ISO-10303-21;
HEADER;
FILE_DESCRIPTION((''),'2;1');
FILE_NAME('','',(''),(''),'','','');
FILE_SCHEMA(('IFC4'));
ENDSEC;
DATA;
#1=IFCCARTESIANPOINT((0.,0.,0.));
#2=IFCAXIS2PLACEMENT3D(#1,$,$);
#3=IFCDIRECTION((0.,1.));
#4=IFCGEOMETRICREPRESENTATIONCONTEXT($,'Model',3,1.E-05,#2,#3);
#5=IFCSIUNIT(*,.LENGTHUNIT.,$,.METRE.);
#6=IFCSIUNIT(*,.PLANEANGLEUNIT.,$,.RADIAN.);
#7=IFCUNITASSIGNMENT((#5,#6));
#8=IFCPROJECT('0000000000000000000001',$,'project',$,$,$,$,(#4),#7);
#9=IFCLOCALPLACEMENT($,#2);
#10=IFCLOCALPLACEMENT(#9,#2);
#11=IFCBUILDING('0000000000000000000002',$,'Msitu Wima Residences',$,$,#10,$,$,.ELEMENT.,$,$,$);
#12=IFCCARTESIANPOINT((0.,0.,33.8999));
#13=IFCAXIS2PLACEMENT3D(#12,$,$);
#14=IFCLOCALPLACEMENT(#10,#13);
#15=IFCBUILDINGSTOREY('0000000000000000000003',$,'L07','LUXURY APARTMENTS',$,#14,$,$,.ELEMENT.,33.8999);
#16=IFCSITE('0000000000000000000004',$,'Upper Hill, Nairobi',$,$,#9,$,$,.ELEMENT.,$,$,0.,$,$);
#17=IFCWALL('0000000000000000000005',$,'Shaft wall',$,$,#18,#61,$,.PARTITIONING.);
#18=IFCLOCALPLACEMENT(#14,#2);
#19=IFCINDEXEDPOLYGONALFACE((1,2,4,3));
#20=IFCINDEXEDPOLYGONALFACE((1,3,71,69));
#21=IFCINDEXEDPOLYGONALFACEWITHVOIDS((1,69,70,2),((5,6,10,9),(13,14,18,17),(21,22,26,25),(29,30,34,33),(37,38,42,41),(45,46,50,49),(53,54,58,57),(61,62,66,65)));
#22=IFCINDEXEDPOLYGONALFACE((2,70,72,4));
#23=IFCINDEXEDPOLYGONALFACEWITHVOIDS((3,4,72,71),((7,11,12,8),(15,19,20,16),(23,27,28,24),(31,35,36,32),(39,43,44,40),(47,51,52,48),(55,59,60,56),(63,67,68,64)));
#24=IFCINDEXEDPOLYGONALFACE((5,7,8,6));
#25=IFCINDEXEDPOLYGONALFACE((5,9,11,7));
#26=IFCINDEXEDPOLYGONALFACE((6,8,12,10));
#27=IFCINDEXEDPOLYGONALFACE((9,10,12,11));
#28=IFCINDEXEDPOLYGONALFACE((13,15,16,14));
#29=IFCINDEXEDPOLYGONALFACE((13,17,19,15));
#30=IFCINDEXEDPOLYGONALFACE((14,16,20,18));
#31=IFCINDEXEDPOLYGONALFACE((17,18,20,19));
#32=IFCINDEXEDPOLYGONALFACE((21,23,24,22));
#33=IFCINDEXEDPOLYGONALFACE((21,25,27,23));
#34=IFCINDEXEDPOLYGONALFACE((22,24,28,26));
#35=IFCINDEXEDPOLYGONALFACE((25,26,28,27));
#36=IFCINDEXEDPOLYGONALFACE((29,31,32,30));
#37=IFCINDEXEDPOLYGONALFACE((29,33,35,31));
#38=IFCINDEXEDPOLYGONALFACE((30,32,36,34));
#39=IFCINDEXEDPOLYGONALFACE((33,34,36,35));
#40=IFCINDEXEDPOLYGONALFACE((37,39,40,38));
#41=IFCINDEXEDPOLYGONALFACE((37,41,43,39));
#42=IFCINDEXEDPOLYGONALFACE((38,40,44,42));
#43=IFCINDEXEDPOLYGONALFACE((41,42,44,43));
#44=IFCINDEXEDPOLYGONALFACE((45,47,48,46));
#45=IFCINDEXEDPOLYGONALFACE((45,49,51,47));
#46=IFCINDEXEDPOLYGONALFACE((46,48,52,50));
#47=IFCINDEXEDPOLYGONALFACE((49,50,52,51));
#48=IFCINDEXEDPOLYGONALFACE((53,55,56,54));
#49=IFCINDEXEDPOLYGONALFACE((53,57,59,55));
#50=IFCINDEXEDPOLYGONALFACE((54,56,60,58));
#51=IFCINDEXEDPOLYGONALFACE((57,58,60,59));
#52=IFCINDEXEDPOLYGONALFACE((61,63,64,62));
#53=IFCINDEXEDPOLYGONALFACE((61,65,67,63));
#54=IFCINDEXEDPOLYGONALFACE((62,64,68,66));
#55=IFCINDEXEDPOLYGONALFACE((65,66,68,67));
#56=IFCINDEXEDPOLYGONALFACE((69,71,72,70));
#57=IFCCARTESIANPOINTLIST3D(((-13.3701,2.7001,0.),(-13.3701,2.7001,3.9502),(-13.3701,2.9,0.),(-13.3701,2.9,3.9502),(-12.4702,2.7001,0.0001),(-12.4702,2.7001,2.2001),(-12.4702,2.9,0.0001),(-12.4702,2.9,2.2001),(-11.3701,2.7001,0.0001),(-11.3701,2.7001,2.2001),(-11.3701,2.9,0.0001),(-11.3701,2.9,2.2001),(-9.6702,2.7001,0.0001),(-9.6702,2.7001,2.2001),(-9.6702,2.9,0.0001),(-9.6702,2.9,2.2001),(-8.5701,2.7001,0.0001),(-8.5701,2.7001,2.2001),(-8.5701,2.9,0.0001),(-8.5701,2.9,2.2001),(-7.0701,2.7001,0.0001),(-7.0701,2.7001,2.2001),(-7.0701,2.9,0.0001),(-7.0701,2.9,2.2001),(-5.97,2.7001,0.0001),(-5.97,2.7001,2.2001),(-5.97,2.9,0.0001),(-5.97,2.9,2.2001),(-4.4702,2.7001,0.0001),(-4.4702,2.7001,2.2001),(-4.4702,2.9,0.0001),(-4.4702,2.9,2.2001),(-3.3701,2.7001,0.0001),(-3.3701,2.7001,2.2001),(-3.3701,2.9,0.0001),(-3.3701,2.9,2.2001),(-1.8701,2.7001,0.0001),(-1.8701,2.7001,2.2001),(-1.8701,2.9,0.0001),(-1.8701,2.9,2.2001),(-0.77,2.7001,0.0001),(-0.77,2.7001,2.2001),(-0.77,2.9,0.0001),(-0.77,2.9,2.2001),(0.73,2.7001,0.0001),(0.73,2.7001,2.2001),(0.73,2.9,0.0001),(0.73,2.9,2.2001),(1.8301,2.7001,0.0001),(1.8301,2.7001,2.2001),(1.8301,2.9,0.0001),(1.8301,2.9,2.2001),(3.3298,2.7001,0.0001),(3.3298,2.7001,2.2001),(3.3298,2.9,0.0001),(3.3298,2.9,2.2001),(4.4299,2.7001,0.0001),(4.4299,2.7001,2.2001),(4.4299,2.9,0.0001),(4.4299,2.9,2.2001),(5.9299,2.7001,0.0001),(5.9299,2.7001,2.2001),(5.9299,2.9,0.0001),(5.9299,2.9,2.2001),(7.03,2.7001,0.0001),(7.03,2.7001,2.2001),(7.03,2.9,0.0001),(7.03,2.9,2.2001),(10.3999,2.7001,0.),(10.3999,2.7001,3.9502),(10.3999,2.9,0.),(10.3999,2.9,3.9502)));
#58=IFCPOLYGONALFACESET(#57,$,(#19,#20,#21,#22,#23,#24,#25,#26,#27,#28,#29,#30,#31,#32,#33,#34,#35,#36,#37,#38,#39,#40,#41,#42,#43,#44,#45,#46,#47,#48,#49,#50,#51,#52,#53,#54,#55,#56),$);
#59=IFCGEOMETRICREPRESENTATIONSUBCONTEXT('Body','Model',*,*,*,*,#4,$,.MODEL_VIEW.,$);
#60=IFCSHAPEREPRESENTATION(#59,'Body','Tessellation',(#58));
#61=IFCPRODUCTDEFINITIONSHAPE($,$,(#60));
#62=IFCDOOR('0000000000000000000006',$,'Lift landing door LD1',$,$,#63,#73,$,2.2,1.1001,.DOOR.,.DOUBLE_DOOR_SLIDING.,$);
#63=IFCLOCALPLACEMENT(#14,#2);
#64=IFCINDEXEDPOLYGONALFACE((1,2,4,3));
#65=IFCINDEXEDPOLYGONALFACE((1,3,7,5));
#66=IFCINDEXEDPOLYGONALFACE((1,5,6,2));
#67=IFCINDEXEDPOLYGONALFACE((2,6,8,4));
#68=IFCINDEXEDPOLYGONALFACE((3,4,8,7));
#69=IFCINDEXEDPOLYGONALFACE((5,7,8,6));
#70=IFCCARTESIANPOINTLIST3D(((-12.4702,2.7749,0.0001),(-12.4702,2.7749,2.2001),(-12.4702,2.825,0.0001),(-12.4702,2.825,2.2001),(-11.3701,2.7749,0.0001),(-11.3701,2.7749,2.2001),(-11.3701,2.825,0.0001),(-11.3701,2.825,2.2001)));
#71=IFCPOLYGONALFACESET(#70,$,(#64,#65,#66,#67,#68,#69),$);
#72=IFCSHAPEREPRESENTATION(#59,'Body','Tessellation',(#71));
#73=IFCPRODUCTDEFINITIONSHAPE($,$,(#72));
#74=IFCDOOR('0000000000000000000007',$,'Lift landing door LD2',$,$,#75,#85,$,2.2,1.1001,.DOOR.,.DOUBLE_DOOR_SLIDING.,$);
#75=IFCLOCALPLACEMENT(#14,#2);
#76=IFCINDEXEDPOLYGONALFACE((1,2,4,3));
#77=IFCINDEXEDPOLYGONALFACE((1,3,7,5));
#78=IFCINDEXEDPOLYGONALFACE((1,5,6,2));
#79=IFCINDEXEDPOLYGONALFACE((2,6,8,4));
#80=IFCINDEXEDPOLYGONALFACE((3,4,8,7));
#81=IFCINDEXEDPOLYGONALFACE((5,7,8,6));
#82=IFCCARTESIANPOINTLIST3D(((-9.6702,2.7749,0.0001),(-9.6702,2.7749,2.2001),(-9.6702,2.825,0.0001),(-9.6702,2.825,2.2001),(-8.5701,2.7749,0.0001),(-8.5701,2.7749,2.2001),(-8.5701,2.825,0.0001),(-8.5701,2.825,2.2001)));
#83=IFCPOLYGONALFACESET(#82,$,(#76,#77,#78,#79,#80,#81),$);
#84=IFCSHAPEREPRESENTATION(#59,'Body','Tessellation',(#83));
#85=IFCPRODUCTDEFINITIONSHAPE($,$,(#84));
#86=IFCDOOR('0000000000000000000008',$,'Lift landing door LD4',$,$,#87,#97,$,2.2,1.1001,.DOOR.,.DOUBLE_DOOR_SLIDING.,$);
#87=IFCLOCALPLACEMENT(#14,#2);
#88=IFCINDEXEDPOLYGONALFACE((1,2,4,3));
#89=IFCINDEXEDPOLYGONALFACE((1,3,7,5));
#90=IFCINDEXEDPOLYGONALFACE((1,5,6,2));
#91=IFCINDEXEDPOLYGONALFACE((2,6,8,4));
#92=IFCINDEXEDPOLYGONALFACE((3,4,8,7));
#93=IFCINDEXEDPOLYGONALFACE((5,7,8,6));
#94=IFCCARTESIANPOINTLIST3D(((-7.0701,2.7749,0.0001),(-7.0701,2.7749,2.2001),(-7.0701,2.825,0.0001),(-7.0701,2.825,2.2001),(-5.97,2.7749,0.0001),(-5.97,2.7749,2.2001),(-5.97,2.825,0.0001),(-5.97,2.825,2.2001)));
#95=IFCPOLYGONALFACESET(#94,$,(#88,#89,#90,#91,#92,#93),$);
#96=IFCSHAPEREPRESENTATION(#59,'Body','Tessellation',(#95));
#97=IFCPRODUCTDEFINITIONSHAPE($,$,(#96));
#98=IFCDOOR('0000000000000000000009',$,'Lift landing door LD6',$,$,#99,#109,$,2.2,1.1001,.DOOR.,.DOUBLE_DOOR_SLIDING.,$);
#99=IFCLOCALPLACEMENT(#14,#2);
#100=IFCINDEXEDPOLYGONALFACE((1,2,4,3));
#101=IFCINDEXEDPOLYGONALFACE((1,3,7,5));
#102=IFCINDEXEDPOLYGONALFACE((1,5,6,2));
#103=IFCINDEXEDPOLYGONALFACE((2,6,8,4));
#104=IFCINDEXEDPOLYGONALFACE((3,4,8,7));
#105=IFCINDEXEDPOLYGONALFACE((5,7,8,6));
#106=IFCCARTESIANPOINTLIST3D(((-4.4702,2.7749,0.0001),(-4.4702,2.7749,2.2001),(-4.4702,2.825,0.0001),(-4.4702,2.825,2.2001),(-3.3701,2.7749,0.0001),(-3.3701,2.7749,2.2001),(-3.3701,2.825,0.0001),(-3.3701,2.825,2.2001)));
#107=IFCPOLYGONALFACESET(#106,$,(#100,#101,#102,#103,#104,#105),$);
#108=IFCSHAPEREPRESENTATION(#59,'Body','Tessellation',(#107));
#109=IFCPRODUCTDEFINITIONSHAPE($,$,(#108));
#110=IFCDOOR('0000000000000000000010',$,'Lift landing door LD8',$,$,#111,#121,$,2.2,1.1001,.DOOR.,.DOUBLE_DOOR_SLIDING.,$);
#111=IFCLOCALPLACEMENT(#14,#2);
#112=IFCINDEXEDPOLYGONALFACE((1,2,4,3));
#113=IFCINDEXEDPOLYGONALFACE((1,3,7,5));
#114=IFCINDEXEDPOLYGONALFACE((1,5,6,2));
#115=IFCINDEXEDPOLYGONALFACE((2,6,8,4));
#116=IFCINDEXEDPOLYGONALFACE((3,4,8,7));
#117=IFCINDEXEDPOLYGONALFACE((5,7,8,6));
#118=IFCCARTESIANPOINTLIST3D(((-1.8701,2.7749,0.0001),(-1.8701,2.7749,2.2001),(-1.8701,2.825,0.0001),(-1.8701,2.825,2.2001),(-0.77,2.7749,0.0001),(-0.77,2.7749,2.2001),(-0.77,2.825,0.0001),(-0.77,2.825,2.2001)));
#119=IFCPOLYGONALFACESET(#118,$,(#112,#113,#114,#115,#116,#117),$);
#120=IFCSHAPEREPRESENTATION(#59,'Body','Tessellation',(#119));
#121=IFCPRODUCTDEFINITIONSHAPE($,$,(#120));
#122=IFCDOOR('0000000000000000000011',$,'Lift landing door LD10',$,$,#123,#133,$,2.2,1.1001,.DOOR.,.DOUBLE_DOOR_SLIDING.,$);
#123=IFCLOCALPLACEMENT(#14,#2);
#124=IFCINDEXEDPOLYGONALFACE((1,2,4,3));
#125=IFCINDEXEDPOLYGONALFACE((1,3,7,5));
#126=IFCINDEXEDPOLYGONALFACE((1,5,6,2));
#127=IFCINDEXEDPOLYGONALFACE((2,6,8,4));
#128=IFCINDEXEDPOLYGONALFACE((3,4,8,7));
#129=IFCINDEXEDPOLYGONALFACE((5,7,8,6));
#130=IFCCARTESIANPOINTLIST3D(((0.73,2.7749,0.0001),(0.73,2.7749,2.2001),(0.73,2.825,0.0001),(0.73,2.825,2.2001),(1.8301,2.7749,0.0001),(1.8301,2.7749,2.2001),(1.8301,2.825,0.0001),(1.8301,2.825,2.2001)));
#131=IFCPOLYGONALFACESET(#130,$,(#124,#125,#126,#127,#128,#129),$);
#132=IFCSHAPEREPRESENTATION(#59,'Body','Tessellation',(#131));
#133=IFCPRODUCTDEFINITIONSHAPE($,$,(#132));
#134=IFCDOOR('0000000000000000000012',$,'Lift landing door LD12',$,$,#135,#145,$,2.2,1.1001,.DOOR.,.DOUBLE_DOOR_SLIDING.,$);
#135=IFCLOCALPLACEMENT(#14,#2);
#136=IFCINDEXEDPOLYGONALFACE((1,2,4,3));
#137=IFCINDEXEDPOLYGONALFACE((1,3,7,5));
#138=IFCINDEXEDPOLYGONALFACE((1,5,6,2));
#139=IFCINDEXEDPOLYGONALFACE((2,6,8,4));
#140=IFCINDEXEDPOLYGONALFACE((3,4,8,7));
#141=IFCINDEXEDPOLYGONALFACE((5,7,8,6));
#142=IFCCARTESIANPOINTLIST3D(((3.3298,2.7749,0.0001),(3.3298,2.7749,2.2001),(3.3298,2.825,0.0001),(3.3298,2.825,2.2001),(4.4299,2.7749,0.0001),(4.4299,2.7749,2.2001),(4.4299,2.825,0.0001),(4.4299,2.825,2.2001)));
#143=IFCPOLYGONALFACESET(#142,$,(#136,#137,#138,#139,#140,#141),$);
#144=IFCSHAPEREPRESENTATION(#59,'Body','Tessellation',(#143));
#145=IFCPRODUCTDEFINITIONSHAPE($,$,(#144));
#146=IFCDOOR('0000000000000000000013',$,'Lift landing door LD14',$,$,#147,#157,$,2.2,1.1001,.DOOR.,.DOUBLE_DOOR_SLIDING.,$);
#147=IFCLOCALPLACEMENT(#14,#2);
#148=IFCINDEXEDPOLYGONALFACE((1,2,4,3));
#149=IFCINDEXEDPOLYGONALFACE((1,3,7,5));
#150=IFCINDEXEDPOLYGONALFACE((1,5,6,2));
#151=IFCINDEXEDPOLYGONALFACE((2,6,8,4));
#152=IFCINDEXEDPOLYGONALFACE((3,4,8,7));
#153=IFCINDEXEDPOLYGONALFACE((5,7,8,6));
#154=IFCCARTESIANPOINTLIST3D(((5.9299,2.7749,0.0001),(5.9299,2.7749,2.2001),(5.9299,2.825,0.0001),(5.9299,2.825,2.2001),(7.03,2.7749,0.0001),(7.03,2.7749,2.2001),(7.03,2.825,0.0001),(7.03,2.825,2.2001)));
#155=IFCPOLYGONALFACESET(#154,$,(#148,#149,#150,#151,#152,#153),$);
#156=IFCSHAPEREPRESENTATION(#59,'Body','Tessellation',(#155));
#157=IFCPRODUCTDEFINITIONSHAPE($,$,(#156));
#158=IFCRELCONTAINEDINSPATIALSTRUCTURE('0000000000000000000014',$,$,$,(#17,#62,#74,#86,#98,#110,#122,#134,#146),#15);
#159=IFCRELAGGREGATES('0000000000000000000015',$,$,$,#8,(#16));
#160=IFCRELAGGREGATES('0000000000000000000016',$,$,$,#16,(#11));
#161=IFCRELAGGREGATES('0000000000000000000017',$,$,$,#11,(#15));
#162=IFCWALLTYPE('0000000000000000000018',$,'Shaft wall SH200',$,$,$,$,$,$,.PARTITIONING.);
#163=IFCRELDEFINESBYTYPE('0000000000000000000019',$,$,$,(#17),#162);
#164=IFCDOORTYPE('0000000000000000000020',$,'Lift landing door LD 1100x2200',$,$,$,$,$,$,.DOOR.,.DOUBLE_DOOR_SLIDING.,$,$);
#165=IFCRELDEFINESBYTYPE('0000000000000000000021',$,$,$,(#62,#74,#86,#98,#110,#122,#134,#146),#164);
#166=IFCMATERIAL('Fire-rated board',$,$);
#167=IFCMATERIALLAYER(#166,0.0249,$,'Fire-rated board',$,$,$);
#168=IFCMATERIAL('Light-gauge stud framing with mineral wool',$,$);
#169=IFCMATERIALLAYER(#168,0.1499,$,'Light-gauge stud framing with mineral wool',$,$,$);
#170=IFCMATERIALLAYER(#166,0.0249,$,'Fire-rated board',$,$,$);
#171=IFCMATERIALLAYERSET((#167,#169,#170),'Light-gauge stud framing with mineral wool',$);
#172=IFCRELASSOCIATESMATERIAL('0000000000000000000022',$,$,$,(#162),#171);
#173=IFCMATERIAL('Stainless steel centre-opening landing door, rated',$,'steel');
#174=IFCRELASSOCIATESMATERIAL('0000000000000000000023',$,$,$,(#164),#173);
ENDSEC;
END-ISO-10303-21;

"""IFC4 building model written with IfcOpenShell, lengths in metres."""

from ifc_helpers import new_model, si_unit, direction, frame, frame_2d, origin, place, context, subcontext, project, spatial, rectangle, extrude, material, layer, layer_set, type_object, element, fill, save


model = new_model("IFC4")

# Units and contexts
model_context = context("Model", 3, precision=1e-05, world=origin(), true_north=direction((0.0, 1.0)))
body_context = subcontext(model_context, "Body", "Model", "MODEL_VIEW")
ifc_project = project(units=[si_unit("LENGTHUNIT", "METRE"), si_unit("PLANEANGLEUNIT", "RADIAN")], contexts=[model_context])

# Site, building, storey
site_placement = place(None, origin())
site = spatial("IfcSite", under=ifc_project, at=site_placement, Name="Upper Hill, Nairobi", CompositionType="ELEMENT", RefElevation=0.0)
building_placement = place(site_placement, origin())
building = spatial("IfcBuilding", under=site, at=building_placement, Name="Msitu Wima Residences", CompositionType="ELEMENT")
storey_placement = place(building_placement, frame((0.0, 0.0, 33.8999)))
storey = spatial("IfcBuildingStorey", under=building, at=storey_placement, Name="L07", Description="LUXURY APARTMENTS", CompositionType="ELEMENT", Elevation=33.8999)

# Wall, openings, doors
ifc_material_1 = material(Name="Fire-rated board")
ifc_layer_1 = layer(ifc_material_1, 0.0249, Name="Fire-rated board")
ifc_material_2 = material(Name="Light-gauge stud framing with mineral wool")
ifc_layer_2 = layer(ifc_material_2, 0.1499, Name="Light-gauge stud framing with mineral wool")
ifc_layer_3 = layer(ifc_material_1, 0.0249, Name="Fire-rated board")
ifc_layer_set_1 = layer_set([ifc_layer_1, ifc_layer_2, ifc_layer_3], Name="Light-gauge stud framing with mineral wool")
wall_type_1 = type_object("IfcWallType", Name="Shaft wall SH200", PredefinedType="PARTITIONING", material=ifc_layer_set_1)
wall_1_placement = place(storey_placement, frame((-13.3701, 2.8, 0.0), z_axis=(0.0, 0.0, 1.0), x_axis=(1.0, 0.0, 0.0)))
wall_1 = element("IfcWall", 1, at=wall_1_placement, inside=storey, type_object=wall_type_1, Name="Shaft wall", PredefinedType="PARTITIONING", context=body_context, shape_type="SweptSolid", body=[
    extrude(rectangle(XDim=23.77, YDim=0.2, at=frame_2d((11.885, 0.0))), origin(), (0.0, 0.0, 1.0), 3.9502),
])
opening_1_placement = place(wall_1_placement, frame((0.8999, 0.0, 0.0)))
opening_1 = element("IfcOpeningElement", 2, at=opening_1_placement, cuts=wall_1, PredefinedType="OPENING", context=body_context, shape_type="SweptSolid", body=[
    extrude(rectangle(XDim=1.1001, YDim=2.2, at=frame_2d((0.55, 1.1001))), frame((0.0, 0.1099, 0.0), z_axis=(0.0, -1.0, 0.0), x_axis=(1.0, 0.0, 0.0)), (0.0, 0.0, 1.0), 0.22),
])
opening_2_placement = place(wall_1_placement, frame((3.7, 0.0, 0.0)))
opening_2 = element("IfcOpeningElement", 3, at=opening_2_placement, cuts=wall_1, PredefinedType="OPENING", context=body_context, shape_type="SweptSolid", body=[
    extrude(rectangle(XDim=1.1001, YDim=2.2, at=frame_2d((0.55, 1.1001))), frame((0.0, 0.1099, 0.0), z_axis=(0.0, -1.0, 0.0), x_axis=(1.0, 0.0, 0.0)), (0.0, 0.0, 1.0), 0.22),
])
opening_3_placement = place(wall_1_placement, frame((6.3, 0.0, 0.0)))
opening_3 = element("IfcOpeningElement", 4, at=opening_3_placement, cuts=wall_1, PredefinedType="OPENING", context=body_context, shape_type="SweptSolid", body=[
    extrude(rectangle(XDim=1.1001, YDim=2.2, at=frame_2d((0.55, 1.1001))), frame((0.0, 0.1099, 0.0), z_axis=(0.0, -1.0, 0.0), x_axis=(1.0, 0.0, 0.0)), (0.0, 0.0, 1.0), 0.22),
])
opening_4_placement = place(wall_1_placement, frame((8.8999, 0.0, 0.0)))
opening_4 = element("IfcOpeningElement", 5, at=opening_4_placement, cuts=wall_1, PredefinedType="OPENING", context=body_context, shape_type="SweptSolid", body=[
    extrude(rectangle(XDim=1.1001, YDim=2.2, at=frame_2d((0.55, 1.1001))), frame((0.0, 0.1099, 0.0), z_axis=(0.0, -1.0, 0.0), x_axis=(1.0, 0.0, 0.0)), (0.0, 0.0, 1.0), 0.22),
])
opening_5_placement = place(wall_1_placement, frame((11.5, 0.0, 0.0)))
opening_5 = element("IfcOpeningElement", 6, at=opening_5_placement, cuts=wall_1, PredefinedType="OPENING", context=body_context, shape_type="SweptSolid", body=[
    extrude(rectangle(XDim=1.1001, YDim=2.2, at=frame_2d((0.55, 1.1001))), frame((0.0, 0.1099, 0.0), z_axis=(0.0, -1.0, 0.0), x_axis=(1.0, 0.0, 0.0)), (0.0, 0.0, 1.0), 0.22),
])
opening_6_placement = place(wall_1_placement, frame((14.1001, 0.0, 0.0)))
opening_6 = element("IfcOpeningElement", 7, at=opening_6_placement, cuts=wall_1, PredefinedType="OPENING", context=body_context, shape_type="SweptSolid", body=[
    extrude(rectangle(XDim=1.1001, YDim=2.2, at=frame_2d((0.55, 1.1001))), frame((0.0, 0.1099, 0.0), z_axis=(0.0, -1.0, 0.0), x_axis=(1.0, 0.0, 0.0)), (0.0, 0.0, 1.0), 0.22),
])
opening_7_placement = place(wall_1_placement, frame((16.7, 0.0, 0.0)))
opening_7 = element("IfcOpeningElement", 8, at=opening_7_placement, cuts=wall_1, PredefinedType="OPENING", context=body_context, shape_type="SweptSolid", body=[
    extrude(rectangle(XDim=1.1001, YDim=2.2, at=frame_2d((0.55, 1.1001))), frame((0.0, 0.1099, 0.0), z_axis=(0.0, -1.0, 0.0), x_axis=(1.0, 0.0, 0.0)), (0.0, 0.0, 1.0), 0.22),
])
opening_8_placement = place(wall_1_placement, frame((19.3, 0.0, 0.0)))
opening_8 = element("IfcOpeningElement", 9, at=opening_8_placement, cuts=wall_1, PredefinedType="OPENING", context=body_context, shape_type="SweptSolid", body=[
    extrude(rectangle(XDim=1.1001, YDim=2.2, at=frame_2d((0.55, 1.1001))), frame((0.0, 0.1099, 0.0), z_axis=(0.0, -1.0, 0.0), x_axis=(1.0, 0.0, 0.0)), (0.0, 0.0, 1.0), 0.22),
])
ifc_material_3 = material(Name="Stainless steel centre-opening landing door, rated", Category="steel")
door_type_1 = type_object("IfcDoorType", Name="Lift landing door LD 1100x2200", OperationType="DOUBLE_DOOR_SLIDING", PredefinedType="DOOR", material=ifc_material_3)
door_1_placement = place(opening_1_placement, origin())
door_1 = element("IfcDoor", 10, at=door_1_placement, inside=storey, type_object=door_type_1, Name="Lift landing door LD1", OperationType="DOUBLE_DOOR_SLIDING", OverallHeight=2.2, OverallWidth=1.1001, PredefinedType="DOOR", context=body_context, shape_type="SweptSolid", body=[
    extrude(rectangle(XDim=1.1001, YDim=2.2, at=frame_2d((0.55, 1.1001))), frame((0.0, 0.0249, 0.0), z_axis=(0.0, -1.0, 0.0), x_axis=(1.0, 0.0, 0.0)), (0.0, 0.0, 1.0), 0.05),
])
fill(opening_1, door_1)
door_2_placement = place(opening_2_placement, origin())
door_2 = element("IfcDoor", 11, at=door_2_placement, inside=storey, type_object=door_type_1, Name="Lift landing door LD2", OperationType="DOUBLE_DOOR_SLIDING", OverallHeight=2.2, OverallWidth=1.1001, PredefinedType="DOOR", context=body_context, shape_type="SweptSolid", body=[
    extrude(rectangle(XDim=1.1001, YDim=2.2, at=frame_2d((0.55, 1.1001))), frame((0.0, 0.0249, 0.0), z_axis=(0.0, -1.0, 0.0), x_axis=(1.0, 0.0, 0.0)), (0.0, 0.0, 1.0), 0.05),
])
fill(opening_2, door_2)
door_3_placement = place(opening_3_placement, origin())
door_3 = element("IfcDoor", 12, at=door_3_placement, inside=storey, type_object=door_type_1, Name="Lift landing door LD4", OperationType="DOUBLE_DOOR_SLIDING", OverallHeight=2.2, OverallWidth=1.1001, PredefinedType="DOOR", context=body_context, shape_type="SweptSolid", body=[
    extrude(rectangle(XDim=1.1001, YDim=2.2, at=frame_2d((0.55, 1.1001))), frame((0.0, 0.0249, 0.0), z_axis=(0.0, -1.0, 0.0), x_axis=(1.0, 0.0, 0.0)), (0.0, 0.0, 1.0), 0.05),
])
fill(opening_3, door_3)
door_4_placement = place(opening_4_placement, origin())
door_4 = element("IfcDoor", 13, at=door_4_placement, inside=storey, type_object=door_type_1, Name="Lift landing door LD6", OperationType="DOUBLE_DOOR_SLIDING", OverallHeight=2.2, OverallWidth=1.1001, PredefinedType="DOOR", context=body_context, shape_type="SweptSolid", body=[
    extrude(rectangle(XDim=1.1001, YDim=2.2, at=frame_2d((0.55, 1.1001))), frame((0.0, 0.0249, 0.0), z_axis=(0.0, -1.0, 0.0), x_axis=(1.0, 0.0, 0.0)), (0.0, 0.0, 1.0), 0.05),
])
fill(opening_4, door_4)
door_5_placement = place(opening_5_placement, origin())
door_5 = element("IfcDoor", 14, at=door_5_placement, inside=storey, type_object=door_type_1, Name="Lift landing door LD8", OperationType="DOUBLE_DOOR_SLIDING", OverallHeight=2.2, OverallWidth=1.1001, PredefinedType="DOOR", context=body_context, shape_type="SweptSolid", body=[
    extrude(rectangle(XDim=1.1001, YDim=2.2, at=frame_2d((0.55, 1.1001))), frame((0.0, 0.0249, 0.0), z_axis=(0.0, -1.0, 0.0), x_axis=(1.0, 0.0, 0.0)), (0.0, 0.0, 1.0), 0.05),
])
fill(opening_5, door_5)
door_6_placement = place(opening_6_placement, origin())
door_6 = element("IfcDoor", 15, at=door_6_placement, inside=storey, type_object=door_type_1, Name="Lift landing door LD10", OperationType="DOUBLE_DOOR_SLIDING", OverallHeight=2.2, OverallWidth=1.1001, PredefinedType="DOOR", context=body_context, shape_type="SweptSolid", body=[
    extrude(rectangle(XDim=1.1001, YDim=2.2, at=frame_2d((0.55, 1.1001))), frame((0.0, 0.0249, 0.0), z_axis=(0.0, -1.0, 0.0), x_axis=(1.0, 0.0, 0.0)), (0.0, 0.0, 1.0), 0.05),
])
fill(opening_6, door_6)
door_7_placement = place(opening_7_placement, origin())
door_7 = element("IfcDoor", 16, at=door_7_placement, inside=storey, type_object=door_type_1, Name="Lift landing door LD12", OperationType="DOUBLE_DOOR_SLIDING", OverallHeight=2.2, OverallWidth=1.1001, PredefinedType="DOOR", context=body_context, shape_type="SweptSolid", body=[
    extrude(rectangle(XDim=1.1001, YDim=2.2, at=frame_2d((0.55, 1.1001))), frame((0.0, 0.0249, 0.0), z_axis=(0.0, -1.0, 0.0), x_axis=(1.0, 0.0, 0.0)), (0.0, 0.0, 1.0), 0.05),
])
fill(opening_7, door_7)
door_8_placement = place(opening_8_placement, origin())
door_8 = element("IfcDoor", 17, at=door_8_placement, inside=storey, type_object=door_type_1, Name="Lift landing door LD14", OperationType="DOUBLE_DOOR_SLIDING", OverallHeight=2.2, OverallWidth=1.1001, PredefinedType="DOOR", context=body_context, shape_type="SweptSolid", body=[
    extrude(rectangle(XDim=1.1001, YDim=2.2, at=frame_2d((0.55, 1.1001))), frame((0.0, 0.0249, 0.0), z_axis=(0.0, -1.0, 0.0), x_axis=(1.0, 0.0, 0.0)), (0.0, 0.0, 1.0), 0.05),
])
fill(opening_8, door_8)

save(model, "model.ifc")
